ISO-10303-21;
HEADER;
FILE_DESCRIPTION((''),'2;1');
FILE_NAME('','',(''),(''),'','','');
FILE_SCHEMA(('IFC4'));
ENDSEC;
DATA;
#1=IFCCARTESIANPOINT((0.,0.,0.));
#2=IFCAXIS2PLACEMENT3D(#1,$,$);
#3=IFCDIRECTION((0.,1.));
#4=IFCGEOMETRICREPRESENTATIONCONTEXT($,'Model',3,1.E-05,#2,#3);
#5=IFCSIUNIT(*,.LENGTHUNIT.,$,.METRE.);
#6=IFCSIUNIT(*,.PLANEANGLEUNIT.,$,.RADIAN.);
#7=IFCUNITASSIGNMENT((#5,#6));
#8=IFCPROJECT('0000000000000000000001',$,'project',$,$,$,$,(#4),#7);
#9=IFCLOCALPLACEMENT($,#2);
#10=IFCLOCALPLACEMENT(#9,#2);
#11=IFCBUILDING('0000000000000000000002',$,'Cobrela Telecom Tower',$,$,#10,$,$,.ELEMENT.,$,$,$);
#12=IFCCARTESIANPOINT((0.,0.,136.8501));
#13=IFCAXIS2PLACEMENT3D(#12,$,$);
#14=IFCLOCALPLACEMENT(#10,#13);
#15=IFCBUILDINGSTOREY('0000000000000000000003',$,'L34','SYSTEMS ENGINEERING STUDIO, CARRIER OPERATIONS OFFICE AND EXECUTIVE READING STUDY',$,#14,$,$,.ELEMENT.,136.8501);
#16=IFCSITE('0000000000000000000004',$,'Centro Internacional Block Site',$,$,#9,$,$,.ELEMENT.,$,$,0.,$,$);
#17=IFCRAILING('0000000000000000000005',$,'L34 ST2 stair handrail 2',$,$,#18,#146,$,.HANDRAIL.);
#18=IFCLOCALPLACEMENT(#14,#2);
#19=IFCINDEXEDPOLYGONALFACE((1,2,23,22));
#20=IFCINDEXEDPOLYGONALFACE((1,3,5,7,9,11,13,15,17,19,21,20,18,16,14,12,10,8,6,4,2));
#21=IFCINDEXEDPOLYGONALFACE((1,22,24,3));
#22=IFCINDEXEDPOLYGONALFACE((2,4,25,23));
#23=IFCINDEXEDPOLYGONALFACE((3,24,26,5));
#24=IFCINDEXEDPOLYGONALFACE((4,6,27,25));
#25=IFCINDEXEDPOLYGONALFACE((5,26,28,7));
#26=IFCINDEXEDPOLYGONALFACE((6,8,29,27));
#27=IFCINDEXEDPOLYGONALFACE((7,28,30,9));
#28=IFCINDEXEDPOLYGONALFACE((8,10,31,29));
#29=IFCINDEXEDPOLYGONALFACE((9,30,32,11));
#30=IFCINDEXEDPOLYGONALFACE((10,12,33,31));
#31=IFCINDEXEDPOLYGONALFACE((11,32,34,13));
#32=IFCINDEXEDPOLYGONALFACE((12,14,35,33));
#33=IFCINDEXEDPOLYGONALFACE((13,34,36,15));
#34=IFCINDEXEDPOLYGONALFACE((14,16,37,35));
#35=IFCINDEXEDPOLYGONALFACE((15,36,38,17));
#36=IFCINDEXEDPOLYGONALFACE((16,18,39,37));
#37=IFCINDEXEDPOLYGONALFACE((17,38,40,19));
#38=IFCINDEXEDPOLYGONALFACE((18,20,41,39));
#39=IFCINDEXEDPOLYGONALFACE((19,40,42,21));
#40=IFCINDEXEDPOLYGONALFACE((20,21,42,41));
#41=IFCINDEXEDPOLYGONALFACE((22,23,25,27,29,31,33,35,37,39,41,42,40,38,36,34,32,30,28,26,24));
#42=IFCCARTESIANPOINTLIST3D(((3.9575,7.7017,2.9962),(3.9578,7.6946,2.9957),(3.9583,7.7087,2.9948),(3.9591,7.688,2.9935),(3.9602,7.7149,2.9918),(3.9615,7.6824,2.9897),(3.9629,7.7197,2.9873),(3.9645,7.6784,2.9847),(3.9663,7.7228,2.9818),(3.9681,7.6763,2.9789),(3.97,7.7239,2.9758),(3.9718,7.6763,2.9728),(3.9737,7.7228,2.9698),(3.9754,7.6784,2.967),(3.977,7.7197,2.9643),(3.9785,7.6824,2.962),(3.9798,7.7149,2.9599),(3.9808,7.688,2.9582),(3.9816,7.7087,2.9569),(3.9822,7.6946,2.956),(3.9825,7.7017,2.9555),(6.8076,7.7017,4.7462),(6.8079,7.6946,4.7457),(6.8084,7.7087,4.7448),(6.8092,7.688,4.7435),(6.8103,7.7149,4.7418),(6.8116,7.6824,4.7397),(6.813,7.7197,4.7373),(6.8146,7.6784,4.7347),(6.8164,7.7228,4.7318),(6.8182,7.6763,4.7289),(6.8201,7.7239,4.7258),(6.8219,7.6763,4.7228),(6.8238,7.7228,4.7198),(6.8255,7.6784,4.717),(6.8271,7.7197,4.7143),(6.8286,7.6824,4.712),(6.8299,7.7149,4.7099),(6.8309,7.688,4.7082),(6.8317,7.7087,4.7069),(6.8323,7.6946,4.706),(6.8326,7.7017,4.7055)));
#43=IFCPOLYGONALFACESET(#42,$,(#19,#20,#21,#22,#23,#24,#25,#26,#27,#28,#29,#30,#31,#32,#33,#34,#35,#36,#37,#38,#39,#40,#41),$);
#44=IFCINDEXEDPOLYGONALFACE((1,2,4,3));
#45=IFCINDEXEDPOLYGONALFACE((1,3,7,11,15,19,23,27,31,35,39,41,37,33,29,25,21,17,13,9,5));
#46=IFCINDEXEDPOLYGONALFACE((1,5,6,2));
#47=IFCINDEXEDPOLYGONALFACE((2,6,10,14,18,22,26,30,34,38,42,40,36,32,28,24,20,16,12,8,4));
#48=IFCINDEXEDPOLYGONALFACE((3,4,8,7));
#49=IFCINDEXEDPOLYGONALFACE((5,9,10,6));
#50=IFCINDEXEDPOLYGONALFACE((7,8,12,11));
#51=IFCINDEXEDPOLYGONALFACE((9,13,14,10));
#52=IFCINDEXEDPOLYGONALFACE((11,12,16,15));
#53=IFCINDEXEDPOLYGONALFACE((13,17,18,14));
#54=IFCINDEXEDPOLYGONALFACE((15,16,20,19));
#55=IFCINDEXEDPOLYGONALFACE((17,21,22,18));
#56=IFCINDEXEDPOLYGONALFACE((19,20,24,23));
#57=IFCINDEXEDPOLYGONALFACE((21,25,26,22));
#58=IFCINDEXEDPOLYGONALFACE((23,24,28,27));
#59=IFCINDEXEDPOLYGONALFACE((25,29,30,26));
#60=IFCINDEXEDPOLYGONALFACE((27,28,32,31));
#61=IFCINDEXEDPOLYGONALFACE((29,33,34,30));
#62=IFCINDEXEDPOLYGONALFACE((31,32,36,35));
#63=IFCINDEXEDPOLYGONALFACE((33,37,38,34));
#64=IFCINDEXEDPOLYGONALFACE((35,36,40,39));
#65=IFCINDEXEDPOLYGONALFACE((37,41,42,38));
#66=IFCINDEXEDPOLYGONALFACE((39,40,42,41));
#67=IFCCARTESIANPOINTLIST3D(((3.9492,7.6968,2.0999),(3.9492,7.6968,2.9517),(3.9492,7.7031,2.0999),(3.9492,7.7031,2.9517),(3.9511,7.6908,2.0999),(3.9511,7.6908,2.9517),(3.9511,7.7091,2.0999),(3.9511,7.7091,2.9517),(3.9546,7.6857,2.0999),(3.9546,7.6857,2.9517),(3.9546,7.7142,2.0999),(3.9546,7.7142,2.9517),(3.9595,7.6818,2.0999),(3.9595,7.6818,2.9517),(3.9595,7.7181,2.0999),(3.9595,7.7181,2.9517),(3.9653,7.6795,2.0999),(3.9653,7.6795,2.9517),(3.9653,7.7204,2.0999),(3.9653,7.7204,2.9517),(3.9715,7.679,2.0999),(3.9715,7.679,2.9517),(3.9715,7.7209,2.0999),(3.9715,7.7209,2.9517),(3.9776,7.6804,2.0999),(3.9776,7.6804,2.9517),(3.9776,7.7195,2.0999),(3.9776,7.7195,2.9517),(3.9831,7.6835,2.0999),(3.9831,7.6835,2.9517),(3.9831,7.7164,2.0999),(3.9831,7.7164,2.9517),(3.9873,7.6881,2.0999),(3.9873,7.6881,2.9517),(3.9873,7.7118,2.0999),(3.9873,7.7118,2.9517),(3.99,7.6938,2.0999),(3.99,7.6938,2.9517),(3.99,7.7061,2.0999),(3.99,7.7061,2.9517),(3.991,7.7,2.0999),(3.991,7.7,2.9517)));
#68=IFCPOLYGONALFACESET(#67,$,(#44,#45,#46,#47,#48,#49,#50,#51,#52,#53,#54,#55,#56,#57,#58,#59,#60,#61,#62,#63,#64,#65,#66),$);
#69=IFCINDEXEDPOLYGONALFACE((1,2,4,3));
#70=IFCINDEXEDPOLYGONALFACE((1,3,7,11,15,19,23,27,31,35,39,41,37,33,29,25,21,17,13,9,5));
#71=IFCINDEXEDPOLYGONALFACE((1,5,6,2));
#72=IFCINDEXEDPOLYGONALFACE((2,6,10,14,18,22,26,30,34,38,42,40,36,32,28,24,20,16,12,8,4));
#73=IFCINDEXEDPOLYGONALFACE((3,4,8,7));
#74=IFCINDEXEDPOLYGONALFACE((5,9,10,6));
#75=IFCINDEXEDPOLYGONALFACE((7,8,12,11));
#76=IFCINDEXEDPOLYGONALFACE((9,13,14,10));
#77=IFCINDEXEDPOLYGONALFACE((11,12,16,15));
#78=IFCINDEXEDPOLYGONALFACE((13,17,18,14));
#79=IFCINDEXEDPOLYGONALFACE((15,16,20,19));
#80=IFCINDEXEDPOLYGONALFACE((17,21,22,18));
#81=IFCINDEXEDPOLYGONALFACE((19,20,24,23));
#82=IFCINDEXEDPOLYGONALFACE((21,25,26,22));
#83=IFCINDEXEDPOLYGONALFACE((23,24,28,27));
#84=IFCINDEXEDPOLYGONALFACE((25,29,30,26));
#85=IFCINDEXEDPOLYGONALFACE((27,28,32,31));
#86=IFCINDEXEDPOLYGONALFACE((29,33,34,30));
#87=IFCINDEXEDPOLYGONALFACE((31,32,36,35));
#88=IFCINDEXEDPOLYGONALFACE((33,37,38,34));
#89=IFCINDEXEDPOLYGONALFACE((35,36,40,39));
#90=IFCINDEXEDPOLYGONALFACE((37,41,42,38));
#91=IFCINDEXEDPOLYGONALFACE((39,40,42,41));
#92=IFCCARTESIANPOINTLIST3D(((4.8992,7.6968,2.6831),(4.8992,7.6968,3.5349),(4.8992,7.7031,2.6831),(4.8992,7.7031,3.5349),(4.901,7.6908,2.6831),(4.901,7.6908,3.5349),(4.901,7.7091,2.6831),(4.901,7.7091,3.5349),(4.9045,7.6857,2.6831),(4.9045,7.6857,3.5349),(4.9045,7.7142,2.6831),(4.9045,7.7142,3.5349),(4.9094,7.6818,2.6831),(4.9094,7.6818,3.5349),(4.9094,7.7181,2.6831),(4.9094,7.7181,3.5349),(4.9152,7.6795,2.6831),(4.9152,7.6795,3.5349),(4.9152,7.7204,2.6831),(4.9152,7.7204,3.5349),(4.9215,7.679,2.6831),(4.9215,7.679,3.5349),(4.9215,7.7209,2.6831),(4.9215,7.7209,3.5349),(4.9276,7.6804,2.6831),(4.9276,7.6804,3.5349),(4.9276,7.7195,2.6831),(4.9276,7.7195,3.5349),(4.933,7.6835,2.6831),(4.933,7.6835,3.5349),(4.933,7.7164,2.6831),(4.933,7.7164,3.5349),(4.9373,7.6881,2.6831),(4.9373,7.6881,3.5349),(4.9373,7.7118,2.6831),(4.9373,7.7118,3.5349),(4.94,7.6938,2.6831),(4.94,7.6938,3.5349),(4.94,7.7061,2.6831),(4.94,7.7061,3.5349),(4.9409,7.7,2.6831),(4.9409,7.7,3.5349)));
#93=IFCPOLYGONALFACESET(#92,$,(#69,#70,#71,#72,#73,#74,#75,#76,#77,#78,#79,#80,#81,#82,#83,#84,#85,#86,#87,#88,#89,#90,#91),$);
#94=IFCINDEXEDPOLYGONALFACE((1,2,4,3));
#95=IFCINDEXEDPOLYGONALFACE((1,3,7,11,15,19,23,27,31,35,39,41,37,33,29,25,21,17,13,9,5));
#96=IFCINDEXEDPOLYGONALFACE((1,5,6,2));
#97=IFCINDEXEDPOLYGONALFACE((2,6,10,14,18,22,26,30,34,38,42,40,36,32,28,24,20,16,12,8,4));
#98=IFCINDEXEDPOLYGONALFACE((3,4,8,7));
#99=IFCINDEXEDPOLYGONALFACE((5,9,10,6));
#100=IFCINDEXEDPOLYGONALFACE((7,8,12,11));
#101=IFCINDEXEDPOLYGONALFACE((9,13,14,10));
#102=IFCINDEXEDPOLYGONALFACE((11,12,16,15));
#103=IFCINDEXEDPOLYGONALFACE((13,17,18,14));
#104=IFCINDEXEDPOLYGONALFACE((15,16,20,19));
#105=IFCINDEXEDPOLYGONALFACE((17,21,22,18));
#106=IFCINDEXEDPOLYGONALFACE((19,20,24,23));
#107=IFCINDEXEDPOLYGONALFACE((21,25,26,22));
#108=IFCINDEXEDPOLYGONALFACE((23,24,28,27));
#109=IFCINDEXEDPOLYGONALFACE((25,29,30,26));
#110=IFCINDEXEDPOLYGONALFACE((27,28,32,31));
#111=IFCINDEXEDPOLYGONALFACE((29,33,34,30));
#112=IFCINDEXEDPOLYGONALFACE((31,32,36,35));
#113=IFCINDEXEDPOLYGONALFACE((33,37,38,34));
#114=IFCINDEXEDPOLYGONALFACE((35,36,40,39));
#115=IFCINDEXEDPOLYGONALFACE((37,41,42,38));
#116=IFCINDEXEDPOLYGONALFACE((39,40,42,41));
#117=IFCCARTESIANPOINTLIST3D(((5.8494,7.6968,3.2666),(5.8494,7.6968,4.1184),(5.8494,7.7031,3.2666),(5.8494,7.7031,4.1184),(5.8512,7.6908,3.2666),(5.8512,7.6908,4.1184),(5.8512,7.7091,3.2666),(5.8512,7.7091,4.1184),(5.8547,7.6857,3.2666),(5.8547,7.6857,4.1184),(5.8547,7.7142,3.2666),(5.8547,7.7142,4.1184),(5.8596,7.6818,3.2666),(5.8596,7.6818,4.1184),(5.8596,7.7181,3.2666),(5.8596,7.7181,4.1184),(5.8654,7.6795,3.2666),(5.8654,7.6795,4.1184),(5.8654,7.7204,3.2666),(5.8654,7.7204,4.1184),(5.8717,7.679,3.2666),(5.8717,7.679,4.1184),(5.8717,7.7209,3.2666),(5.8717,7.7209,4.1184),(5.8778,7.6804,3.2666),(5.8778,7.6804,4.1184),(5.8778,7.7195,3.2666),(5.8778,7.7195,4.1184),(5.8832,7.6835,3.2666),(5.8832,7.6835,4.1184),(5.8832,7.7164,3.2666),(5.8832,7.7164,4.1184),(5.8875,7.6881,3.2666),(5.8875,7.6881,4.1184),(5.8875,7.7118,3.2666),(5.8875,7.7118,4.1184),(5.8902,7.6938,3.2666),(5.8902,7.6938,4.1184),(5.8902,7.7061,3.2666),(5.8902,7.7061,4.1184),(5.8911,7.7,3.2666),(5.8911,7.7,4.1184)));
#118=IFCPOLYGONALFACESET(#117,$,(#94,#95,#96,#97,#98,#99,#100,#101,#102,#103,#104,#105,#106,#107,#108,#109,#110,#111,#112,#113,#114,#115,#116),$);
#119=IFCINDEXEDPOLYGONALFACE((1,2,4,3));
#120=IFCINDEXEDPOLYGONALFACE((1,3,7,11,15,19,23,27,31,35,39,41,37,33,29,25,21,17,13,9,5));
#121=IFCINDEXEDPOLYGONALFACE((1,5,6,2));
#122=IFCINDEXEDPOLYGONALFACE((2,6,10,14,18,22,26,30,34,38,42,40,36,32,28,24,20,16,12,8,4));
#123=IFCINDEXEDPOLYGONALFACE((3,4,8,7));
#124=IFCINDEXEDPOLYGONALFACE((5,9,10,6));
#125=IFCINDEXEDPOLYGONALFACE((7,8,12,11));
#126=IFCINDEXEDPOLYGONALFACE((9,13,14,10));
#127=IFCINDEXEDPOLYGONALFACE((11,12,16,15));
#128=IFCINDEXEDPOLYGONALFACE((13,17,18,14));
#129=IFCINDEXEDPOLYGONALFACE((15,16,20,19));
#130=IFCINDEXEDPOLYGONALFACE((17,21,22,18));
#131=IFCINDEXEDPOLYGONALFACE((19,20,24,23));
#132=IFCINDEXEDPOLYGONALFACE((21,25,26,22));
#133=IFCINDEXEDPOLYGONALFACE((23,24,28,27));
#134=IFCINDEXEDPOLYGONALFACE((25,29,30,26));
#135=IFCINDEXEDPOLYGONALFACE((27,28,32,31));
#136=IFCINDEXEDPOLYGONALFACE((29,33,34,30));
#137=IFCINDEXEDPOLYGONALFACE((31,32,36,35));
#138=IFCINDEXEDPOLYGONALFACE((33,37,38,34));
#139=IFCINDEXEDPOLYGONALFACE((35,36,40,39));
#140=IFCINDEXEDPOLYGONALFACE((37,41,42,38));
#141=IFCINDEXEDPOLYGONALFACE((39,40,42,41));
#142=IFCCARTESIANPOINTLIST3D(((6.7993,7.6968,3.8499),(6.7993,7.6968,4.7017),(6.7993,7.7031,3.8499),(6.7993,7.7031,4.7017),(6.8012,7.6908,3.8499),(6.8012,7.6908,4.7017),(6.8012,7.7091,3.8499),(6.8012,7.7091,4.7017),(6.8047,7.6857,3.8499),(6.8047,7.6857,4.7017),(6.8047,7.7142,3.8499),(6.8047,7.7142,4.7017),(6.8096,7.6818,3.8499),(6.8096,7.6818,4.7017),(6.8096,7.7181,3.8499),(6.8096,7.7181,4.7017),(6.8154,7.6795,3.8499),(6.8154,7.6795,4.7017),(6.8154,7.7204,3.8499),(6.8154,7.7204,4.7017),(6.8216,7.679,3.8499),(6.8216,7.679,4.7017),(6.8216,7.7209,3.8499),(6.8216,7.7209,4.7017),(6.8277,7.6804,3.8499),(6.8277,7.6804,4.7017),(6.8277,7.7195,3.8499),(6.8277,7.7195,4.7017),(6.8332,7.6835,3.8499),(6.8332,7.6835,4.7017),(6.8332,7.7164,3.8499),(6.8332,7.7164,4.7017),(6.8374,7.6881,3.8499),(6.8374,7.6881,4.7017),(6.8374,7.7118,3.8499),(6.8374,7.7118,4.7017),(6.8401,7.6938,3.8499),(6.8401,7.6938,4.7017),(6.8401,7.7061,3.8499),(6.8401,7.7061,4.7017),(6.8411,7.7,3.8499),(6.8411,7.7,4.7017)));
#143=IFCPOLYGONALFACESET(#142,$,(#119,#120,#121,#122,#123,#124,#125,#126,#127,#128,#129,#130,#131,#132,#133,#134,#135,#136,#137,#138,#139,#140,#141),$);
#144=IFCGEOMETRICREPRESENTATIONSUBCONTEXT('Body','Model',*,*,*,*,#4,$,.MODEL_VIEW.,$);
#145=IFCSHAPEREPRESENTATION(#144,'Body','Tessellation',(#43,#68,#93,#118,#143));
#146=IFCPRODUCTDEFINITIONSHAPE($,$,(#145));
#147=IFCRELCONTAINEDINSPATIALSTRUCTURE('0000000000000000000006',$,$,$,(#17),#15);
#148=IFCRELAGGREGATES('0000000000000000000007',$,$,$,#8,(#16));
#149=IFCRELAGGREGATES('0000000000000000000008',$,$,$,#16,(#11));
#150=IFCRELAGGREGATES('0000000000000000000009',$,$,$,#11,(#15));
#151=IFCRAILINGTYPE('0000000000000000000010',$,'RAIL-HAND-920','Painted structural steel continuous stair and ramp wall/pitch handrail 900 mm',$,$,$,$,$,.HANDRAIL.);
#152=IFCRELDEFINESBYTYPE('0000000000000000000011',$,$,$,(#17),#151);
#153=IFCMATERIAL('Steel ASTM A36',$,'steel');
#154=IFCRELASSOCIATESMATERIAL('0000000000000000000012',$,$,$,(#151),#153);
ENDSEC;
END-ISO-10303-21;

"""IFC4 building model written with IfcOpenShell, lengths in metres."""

from ifc_helpers import new_model, si_unit, direction, frame, origin, origin_2d, place, context, subcontext, project, spatial, circle, extrude, material, type_object, element, save


model = new_model("IFC4")

# Units and contexts
model_context = context("Model", 3, precision=1e-05, world=origin(), true_north=direction((0.0, 1.0)))
body_context = subcontext(model_context, "Body", "Model", "MODEL_VIEW")
ifc_project = project(units=[si_unit("LENGTHUNIT", "METRE"), si_unit("PLANEANGLEUNIT", "RADIAN")], contexts=[model_context])

# Site, building, storey
site_placement = place(None, origin())
site = spatial("IfcSite", under=ifc_project, at=site_placement, Name="Centro Internacional Block Site", CompositionType="ELEMENT", RefElevation=0.0)
building_placement = place(site_placement, origin())
building = spatial("IfcBuilding", under=site, at=building_placement, Name="Cobrela Telecom Tower", CompositionType="ELEMENT")
storey_placement = place(building_placement, frame((0.0, 0.0, 136.8501)))
storey = spatial("IfcBuildingStorey", under=building, at=storey_placement, Name="L34", Description="SYSTEMS ENGINEERING STUDIO, CARRIER OPERATIONS OFFICE AND EXECUTIVE READING STUDY", CompositionType="ELEMENT", Elevation=136.8501)

# Railing
ifc_material_1 = material(Name="Steel ASTM A36", Category="steel")
railing_type_1 = type_object("IfcRailingType", Name="RAIL-HAND-920", Description="Painted structural steel continuous stair and ramp wall/pitch handrail 900 mm", PredefinedType="HANDRAIL", material=ifc_material_1)
railing_1_placement = place(storey_placement, frame((3.97, 7.7, 2.0999)))
element("IfcRailing", 1, at=railing_1_placement, inside=storey, type_object=railing_type_1, Name="L34 ST2 stair handrail 2", PredefinedType="HANDRAIL", context=body_context, shape_type="SweptSolid", body=[
    extrude(circle(Radius=0.0239, at=origin_2d()), frame((0.0, 0.0, 0.876), z_axis=(0.852179, 0.0, 0.52325), x_axis=(0.0, 1.0, 0.0)), (0.0, 0.0, 1.0), 3.3445),
    extrude(circle(Radius=0.021, at=origin_2d()), origin(), (0.0, 0.0, 1.0), 0.8518),
    extrude(circle(Radius=0.021, at=origin_2d()), frame((0.95, 0.0, 0.5833)), (0.0, 0.0, 1.0), 0.8518),
    extrude(circle(Radius=0.021, at=origin_2d()), frame((1.9001, 0.0, 1.1667)), (0.0, 0.0, 1.0), 0.8518),
    extrude(circle(Radius=0.021, at=origin_2d()), frame((2.8501, 0.0, 1.75)), (0.0, 0.0, 1.0), 0.8518),
])

save(model, "model.ifc")
